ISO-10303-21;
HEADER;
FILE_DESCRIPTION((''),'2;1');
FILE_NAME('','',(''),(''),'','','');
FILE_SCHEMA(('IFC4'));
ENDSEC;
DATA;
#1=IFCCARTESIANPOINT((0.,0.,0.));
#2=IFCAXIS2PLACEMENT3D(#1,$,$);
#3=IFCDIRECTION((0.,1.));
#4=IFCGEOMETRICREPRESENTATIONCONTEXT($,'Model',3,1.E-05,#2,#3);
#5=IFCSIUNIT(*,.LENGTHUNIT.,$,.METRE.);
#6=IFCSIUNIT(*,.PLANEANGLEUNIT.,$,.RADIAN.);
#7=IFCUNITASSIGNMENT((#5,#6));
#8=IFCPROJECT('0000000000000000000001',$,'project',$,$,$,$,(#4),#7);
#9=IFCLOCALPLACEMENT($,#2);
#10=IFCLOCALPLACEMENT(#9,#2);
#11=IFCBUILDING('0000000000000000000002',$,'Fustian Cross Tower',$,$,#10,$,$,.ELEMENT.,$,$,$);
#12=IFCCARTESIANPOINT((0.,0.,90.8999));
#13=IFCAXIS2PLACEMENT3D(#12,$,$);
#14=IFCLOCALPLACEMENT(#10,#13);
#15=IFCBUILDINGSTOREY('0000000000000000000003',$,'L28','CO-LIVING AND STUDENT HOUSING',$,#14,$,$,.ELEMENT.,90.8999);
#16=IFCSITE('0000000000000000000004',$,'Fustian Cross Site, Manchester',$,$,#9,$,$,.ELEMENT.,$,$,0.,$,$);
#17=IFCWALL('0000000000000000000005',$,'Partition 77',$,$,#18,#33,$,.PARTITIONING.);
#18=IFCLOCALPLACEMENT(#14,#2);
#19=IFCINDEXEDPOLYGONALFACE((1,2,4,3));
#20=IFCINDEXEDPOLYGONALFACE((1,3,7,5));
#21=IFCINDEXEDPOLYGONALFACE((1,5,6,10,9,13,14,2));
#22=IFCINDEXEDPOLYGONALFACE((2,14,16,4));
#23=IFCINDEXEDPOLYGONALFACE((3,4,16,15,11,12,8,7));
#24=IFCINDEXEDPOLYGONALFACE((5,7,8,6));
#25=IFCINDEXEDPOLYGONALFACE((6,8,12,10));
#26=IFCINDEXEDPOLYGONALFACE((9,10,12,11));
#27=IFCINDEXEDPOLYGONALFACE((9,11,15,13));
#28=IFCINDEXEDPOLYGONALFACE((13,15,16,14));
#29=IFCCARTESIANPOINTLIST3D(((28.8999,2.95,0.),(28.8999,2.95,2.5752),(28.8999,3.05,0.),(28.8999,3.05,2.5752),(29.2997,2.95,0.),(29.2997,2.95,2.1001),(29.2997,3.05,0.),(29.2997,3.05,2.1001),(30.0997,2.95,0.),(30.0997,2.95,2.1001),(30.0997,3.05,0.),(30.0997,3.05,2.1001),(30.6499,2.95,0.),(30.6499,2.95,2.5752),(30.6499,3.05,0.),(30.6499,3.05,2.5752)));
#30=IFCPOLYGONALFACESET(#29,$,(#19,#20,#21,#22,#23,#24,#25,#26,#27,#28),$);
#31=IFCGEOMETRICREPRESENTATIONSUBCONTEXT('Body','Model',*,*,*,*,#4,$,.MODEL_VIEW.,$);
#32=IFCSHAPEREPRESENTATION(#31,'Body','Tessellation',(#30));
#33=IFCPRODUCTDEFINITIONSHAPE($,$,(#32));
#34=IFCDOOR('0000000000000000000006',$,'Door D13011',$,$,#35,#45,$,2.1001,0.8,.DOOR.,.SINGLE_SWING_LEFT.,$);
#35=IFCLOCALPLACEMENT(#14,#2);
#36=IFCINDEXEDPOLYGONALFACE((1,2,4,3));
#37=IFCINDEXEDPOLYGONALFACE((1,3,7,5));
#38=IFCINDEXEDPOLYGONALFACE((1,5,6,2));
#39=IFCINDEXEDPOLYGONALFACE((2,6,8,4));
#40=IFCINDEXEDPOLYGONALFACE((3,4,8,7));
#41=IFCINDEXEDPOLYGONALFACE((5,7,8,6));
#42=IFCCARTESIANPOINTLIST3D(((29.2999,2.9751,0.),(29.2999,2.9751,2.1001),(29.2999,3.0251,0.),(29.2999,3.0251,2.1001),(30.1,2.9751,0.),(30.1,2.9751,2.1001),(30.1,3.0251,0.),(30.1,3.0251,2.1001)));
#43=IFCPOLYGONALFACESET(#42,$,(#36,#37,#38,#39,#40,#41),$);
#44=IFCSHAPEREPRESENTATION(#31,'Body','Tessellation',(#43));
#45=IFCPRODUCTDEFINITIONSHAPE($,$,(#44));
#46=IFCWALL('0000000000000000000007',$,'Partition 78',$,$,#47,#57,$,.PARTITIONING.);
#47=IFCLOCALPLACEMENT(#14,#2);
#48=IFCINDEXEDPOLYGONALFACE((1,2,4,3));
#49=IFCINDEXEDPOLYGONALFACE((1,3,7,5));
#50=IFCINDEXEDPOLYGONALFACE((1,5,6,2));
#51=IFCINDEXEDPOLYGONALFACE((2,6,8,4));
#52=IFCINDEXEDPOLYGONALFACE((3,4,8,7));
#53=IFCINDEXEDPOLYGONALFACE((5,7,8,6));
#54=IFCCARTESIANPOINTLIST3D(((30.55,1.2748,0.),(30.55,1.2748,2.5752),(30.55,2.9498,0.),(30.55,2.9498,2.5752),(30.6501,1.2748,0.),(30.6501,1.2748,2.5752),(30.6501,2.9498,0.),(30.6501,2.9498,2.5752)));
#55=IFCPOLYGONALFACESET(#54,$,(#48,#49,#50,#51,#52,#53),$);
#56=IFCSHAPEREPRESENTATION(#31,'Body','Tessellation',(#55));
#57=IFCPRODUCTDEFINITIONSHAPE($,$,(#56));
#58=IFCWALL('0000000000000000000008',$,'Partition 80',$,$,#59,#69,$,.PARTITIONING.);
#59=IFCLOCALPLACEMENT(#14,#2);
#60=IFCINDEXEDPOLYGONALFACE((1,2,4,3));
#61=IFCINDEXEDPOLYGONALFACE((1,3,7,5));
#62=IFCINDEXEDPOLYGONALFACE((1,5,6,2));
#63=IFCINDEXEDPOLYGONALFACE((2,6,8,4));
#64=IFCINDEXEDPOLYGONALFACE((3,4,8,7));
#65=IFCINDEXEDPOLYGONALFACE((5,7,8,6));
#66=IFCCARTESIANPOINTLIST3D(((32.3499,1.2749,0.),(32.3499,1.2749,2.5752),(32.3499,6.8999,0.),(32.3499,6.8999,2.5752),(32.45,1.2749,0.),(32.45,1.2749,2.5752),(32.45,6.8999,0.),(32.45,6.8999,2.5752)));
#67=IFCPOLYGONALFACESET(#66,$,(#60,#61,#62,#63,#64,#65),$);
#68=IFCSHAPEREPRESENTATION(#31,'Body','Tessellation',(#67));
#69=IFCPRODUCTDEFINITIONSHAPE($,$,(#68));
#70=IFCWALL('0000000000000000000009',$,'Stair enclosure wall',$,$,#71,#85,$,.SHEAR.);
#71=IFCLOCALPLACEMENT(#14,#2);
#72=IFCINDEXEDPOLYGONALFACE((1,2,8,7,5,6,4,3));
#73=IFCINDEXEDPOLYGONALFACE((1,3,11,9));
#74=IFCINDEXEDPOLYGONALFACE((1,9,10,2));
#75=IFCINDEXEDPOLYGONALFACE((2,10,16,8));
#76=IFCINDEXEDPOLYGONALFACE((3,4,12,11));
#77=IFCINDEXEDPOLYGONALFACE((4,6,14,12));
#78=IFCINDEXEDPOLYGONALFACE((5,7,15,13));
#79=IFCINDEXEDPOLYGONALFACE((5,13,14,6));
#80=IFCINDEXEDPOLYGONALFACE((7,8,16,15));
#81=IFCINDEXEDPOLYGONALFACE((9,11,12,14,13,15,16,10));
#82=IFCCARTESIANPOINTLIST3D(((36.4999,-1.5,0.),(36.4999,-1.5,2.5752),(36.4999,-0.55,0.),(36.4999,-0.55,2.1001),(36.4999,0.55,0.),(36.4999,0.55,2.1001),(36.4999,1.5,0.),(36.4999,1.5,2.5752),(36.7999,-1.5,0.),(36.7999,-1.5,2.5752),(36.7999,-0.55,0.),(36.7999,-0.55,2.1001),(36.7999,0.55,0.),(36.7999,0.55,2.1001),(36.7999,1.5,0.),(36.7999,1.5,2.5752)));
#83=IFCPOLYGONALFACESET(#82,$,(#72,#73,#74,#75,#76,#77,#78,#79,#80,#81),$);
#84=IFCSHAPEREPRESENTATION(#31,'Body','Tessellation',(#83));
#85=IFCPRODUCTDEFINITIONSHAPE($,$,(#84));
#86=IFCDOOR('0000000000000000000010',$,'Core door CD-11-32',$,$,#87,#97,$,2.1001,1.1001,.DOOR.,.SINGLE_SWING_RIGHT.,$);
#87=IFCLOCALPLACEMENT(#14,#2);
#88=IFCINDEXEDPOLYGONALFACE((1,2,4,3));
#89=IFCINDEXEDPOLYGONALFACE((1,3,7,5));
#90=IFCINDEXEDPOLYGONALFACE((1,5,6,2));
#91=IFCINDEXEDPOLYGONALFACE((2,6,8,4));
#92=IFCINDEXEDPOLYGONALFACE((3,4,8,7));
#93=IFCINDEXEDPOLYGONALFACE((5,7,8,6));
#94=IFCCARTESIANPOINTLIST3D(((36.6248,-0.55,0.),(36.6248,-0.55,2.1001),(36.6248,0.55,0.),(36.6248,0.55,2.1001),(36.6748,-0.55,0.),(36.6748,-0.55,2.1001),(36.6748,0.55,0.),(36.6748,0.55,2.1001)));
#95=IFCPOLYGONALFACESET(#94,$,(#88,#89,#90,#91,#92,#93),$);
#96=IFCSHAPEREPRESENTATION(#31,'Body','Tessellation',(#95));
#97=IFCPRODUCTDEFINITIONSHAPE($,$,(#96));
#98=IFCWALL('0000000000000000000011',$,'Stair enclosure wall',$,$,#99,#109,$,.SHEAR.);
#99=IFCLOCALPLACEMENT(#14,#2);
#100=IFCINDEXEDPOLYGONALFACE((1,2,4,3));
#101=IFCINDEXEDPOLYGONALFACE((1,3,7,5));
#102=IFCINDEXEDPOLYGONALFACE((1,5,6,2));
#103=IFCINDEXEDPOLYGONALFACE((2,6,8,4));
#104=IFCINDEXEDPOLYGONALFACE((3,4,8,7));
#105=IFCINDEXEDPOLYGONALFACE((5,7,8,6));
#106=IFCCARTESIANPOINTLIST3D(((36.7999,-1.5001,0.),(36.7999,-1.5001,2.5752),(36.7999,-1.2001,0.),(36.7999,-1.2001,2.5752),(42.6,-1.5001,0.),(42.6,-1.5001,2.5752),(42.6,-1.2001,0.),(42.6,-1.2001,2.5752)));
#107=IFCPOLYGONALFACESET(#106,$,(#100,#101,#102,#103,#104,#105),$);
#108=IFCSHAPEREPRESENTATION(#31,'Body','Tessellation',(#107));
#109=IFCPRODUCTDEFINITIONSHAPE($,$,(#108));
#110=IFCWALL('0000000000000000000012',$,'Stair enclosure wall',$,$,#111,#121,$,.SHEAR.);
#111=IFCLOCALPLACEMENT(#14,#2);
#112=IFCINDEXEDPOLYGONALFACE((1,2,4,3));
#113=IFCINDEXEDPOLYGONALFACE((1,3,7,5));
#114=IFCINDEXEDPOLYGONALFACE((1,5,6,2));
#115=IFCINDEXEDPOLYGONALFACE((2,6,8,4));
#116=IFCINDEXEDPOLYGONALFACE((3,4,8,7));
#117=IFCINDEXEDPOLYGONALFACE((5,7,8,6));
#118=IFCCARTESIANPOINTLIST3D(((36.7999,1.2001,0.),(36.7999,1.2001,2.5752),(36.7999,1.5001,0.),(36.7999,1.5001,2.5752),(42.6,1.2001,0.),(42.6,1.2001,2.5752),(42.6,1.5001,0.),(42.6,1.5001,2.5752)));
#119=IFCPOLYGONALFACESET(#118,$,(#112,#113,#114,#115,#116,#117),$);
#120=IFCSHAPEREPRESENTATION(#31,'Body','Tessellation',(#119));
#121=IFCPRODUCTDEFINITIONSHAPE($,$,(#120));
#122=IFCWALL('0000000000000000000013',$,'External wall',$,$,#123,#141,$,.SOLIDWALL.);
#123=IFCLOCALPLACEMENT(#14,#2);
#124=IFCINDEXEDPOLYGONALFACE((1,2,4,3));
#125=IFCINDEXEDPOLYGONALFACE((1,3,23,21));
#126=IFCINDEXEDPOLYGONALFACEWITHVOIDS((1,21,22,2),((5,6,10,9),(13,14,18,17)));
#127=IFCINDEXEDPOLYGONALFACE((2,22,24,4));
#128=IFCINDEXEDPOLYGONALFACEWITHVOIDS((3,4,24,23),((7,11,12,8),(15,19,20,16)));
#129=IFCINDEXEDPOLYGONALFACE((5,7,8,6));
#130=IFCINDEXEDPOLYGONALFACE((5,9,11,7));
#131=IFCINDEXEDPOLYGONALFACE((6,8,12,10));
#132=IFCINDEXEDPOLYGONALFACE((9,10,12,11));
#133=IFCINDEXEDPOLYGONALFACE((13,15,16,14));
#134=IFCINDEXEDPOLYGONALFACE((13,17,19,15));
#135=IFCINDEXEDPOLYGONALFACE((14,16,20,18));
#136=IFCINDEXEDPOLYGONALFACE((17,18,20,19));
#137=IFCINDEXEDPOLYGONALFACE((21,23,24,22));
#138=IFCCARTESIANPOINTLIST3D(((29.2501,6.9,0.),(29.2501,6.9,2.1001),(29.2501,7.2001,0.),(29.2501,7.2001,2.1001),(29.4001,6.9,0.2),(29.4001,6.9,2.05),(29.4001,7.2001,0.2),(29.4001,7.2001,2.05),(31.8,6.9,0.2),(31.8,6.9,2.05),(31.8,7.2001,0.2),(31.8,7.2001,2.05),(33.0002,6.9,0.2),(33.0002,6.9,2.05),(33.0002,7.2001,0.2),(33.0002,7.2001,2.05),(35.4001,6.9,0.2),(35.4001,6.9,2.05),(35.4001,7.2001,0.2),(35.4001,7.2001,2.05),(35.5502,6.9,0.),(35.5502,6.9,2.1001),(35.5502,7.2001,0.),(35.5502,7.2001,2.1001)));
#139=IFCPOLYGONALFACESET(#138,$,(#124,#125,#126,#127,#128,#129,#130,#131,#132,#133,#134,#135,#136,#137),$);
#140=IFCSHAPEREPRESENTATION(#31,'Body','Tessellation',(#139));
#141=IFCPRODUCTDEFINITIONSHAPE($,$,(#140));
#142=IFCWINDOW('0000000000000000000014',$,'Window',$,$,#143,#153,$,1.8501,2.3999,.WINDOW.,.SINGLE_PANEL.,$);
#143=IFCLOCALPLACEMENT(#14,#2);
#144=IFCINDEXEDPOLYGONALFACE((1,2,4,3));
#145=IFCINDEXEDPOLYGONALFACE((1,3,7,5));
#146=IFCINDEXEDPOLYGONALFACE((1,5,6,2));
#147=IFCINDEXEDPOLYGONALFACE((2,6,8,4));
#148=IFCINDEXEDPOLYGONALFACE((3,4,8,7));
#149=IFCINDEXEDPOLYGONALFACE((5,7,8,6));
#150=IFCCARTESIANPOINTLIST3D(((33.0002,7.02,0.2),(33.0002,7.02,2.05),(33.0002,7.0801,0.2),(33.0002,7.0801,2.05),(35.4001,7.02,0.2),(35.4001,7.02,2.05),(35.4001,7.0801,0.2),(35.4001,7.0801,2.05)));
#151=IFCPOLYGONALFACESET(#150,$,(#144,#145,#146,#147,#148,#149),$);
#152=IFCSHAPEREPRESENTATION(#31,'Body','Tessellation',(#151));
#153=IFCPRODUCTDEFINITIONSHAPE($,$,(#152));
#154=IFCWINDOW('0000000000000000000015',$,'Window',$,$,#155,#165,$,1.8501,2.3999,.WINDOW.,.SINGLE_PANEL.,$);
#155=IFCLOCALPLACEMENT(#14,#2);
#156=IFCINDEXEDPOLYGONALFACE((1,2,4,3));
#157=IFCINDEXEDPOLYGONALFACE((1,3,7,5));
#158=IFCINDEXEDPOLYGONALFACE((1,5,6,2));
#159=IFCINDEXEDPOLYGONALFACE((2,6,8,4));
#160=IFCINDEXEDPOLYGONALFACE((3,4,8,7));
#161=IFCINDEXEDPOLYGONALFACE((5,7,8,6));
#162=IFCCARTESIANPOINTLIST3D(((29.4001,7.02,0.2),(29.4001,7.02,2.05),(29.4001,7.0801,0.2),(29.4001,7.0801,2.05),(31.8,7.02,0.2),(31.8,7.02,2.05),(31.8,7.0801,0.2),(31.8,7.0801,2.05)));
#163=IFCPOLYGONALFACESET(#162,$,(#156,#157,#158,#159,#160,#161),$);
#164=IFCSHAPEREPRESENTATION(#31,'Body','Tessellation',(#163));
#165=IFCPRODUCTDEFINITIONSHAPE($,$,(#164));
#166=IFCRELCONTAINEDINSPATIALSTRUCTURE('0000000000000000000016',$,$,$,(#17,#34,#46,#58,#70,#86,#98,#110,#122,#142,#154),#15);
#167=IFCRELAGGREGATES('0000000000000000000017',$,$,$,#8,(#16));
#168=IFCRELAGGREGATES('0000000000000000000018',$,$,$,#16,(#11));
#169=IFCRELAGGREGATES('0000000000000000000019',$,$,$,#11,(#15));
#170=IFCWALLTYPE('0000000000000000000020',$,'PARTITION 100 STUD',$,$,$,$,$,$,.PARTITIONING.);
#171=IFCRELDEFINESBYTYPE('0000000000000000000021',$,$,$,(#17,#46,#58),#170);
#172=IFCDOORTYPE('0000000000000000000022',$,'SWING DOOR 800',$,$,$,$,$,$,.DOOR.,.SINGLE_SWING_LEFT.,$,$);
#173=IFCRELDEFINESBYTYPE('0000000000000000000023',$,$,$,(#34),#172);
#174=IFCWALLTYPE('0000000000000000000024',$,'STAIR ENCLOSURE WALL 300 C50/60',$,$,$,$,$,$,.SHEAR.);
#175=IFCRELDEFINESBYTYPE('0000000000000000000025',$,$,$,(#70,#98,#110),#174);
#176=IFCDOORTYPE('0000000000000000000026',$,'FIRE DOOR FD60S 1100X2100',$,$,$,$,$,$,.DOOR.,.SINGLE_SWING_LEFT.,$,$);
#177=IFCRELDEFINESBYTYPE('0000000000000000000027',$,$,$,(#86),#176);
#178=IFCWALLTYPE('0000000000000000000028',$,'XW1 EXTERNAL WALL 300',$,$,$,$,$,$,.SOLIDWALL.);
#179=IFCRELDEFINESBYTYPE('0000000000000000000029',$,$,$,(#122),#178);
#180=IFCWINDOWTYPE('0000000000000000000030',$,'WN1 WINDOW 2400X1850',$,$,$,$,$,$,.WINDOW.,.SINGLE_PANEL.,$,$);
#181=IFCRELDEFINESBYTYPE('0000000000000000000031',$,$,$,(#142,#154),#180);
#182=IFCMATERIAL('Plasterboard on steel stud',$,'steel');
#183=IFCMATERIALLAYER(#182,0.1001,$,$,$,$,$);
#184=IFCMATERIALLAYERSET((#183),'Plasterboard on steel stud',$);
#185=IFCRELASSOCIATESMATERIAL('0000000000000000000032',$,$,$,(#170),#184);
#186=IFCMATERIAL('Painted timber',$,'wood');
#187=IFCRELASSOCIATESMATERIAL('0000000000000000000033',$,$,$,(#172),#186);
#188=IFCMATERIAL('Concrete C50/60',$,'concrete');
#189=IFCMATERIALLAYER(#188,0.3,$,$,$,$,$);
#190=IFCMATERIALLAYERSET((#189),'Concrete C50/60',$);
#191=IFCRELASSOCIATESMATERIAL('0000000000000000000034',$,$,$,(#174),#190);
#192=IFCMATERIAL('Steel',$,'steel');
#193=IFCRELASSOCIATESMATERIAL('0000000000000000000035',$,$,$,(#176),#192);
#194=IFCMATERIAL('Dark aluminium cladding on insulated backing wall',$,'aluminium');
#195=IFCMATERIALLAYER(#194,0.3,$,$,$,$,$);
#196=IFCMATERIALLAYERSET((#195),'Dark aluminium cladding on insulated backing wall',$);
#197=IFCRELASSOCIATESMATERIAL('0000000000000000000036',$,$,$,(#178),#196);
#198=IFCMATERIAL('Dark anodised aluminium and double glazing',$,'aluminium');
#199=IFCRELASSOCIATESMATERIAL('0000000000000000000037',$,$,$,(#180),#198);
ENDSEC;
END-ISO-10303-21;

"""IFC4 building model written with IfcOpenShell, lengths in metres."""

from ifc_helpers import new_model, si_unit, direction, frame, frame_2d, origin, place, context, subcontext, project, spatial, rectangle, extrude, material, layer, layer_set, type_object, element, fill, save


model = new_model("IFC4")

# Units and contexts
model_context = context("Model", 3, precision=1e-05, world=origin(), true_north=direction((0.0, 1.0)))
body_context = subcontext(model_context, "Body", "Model", "MODEL_VIEW")
ifc_project = project(units=[si_unit("LENGTHUNIT", "METRE"), si_unit("PLANEANGLEUNIT", "RADIAN")], contexts=[model_context])

# Site, building, storey
site_placement = place(None, origin())
site = spatial("IfcSite", under=ifc_project, at=site_placement, Name="Fustian Cross Site, Manchester", CompositionType="ELEMENT", RefElevation=0.0)
building_placement = place(site_placement, origin())
building = spatial("IfcBuilding", under=site, at=building_placement, Name="Fustian Cross Tower", CompositionType="ELEMENT")
storey_placement = place(building_placement, frame((0.0, 0.0, 90.8999)))
storey = spatial("IfcBuildingStorey", under=building, at=storey_placement, Name="L28", Description="CO-LIVING AND STUDENT HOUSING", CompositionType="ELEMENT", Elevation=90.8999)

# Wall, opening, door
ifc_material_1 = material(Name="Plasterboard on steel stud", Category="steel")
ifc_layer_1 = layer(ifc_material_1, 0.1001)
ifc_layer_set_1 = layer_set([ifc_layer_1], Name="Plasterboard on steel stud")
wall_type_1 = type_object("IfcWallType", Name="PARTITION 100 STUD", PredefinedType="PARTITIONING", material=ifc_layer_set_1)
wall_1_placement = place(storey_placement, frame((28.8999, 3.0, 0.0), z_axis=(0.0, 0.0, 1.0), x_axis=(1.0, 0.0, 0.0)))
wall_1 = element("IfcWall", 1, at=wall_1_placement, inside=storey, type_object=wall_type_1, Name="Partition 77", PredefinedType="PARTITIONING", context=body_context, shape_type="SweptSolid", body=[
    extrude(rectangle(XDim=1.75, YDim=0.1001, at=frame_2d((0.875, 0.0))), origin(), (0.0, 0.0, 1.0), 2.5752),
])
opening_1_placement = place(wall_1_placement, frame((0.3999, 0.0, 0.0)))
opening_1 = element("IfcOpeningElement", 2, at=opening_1_placement, cuts=wall_1, PredefinedType="OPENING", context=body_context, shape_type="SweptSolid", body=[
    extrude(rectangle(XDim=0.8, YDim=2.1001, at=frame_2d((0.3999, 1.05))), frame((0.0, 0.0601, 0.0), z_axis=(0.0, -1.0, 0.0), x_axis=(1.0, 0.0, 0.0)), (0.0, 0.0, 1.0), 0.1201),
])
ifc_material_2 = material(Name="Painted timber", Category="wood")
door_type_1 = type_object("IfcDoorType", Name="SWING DOOR 800", OperationType="SINGLE_SWING_LEFT", PredefinedType="DOOR", material=ifc_material_2)
door_1_placement = place(opening_1_placement, frame((0.8, 0.0, 0.0), z_axis=(0.0, 0.0, 1.0), x_axis=(-1.0, 0.0, 0.0)))
door_1 = element("IfcDoor", 3, at=door_1_placement, inside=storey, type_object=door_type_1, Name="Door D13011", OperationType="SINGLE_SWING_LEFT", OverallHeight=2.1001, OverallWidth=0.8, PredefinedType="DOOR", context=body_context, shape_type="SweptSolid", body=[
    extrude(rectangle(XDim=0.8, YDim=2.1001, at=frame_2d((0.3999, 1.05))), frame((0.0, 0.0249, 0.0), z_axis=(0.0, -1.0, 0.0), x_axis=(1.0, 0.0, 0.0)), (0.0, 0.0, 1.0), 0.05),
])
fill(opening_1, door_1)

# Walls
wall_2_placement = place(storey_placement, frame((30.6001, 1.2749, 0.0), z_axis=(0.0, 0.0, 1.0), x_axis=(0.0, 1.0, 0.0)))
element("IfcWall", 4, at=wall_2_placement, inside=storey, type_object=wall_type_1, Name="Partition 78", PredefinedType="PARTITIONING", context=body_context, shape_type="SweptSolid", body=[
    extrude(rectangle(XDim=1.675, YDim=0.1001, at=frame_2d((0.8374, 0.0))), origin(), (0.0, 0.0, 1.0), 2.5752),
])
wall_3_placement = place(storey_placement, frame((32.3999, 1.2749, 0.0), z_axis=(0.0, 0.0, 1.0), x_axis=(0.0, 1.0, 0.0)))
element("IfcWall", 5, at=wall_3_placement, inside=storey, type_object=wall_type_1, Name="Partition 80", PredefinedType="PARTITIONING", context=body_context, shape_type="SweptSolid", body=[
    extrude(rectangle(XDim=5.625, YDim=0.1001, at=frame_2d((2.8125, 0.0))), origin(), (0.0, 0.0, 1.0), 2.5752),
])

# Wall, opening, door
ifc_material_3 = material(Name="Concrete C50/60", Category="concrete")
ifc_layer_2 = layer(ifc_material_3, 0.3)
ifc_layer_set_2 = layer_set([ifc_layer_2], Name="Concrete C50/60")
wall_type_2 = type_object("IfcWallType", Name="STAIR ENCLOSURE WALL 300 C50/60", PredefinedType="SHEAR", material=ifc_layer_set_2)
wall_4_placement = place(storey_placement, frame((36.6499, -1.5, 0.0), z_axis=(0.0, 0.0, 1.0), x_axis=(0.0, 1.0, 0.0)))
wall_4 = element("IfcWall", 6, at=wall_4_placement, inside=storey, type_object=wall_type_2, Name="Stair enclosure wall", PredefinedType="SHEAR", context=body_context, shape_type="SweptSolid", body=[
    extrude(rectangle(XDim=3.0, YDim=0.3, at=frame_2d((1.5, 0.0))), origin(), (0.0, 0.0, 1.0), 2.5752),
])
opening_2_placement = place(wall_4_placement, frame((0.95, 0.0, 0.0)))
opening_2 = element("IfcOpeningElement", 7, at=opening_2_placement, cuts=wall_4, PredefinedType="OPENING", context=body_context, shape_type="SweptSolid", body=[
    extrude(rectangle(XDim=1.1001, YDim=2.1001, at=frame_2d((0.55, 1.05))), frame((0.0, 0.1599, 0.0), z_axis=(0.0, -1.0, 0.0), x_axis=(1.0, 0.0, 0.0)), (0.0, 0.0, 1.0), 0.3201),
])
ifc_material_4 = material(Name="Steel", Category="steel")
door_type_2 = type_object("IfcDoorType", Name="FIRE DOOR FD60S 1100X2100", OperationType="SINGLE_SWING_LEFT", PredefinedType="DOOR", material=ifc_material_4)
door_2_placement = place(opening_2_placement, frame((1.1001, 0.0, 0.0), z_axis=(0.0, 0.0, 1.0), x_axis=(-1.0, 0.0, 0.0)))
door_2 = element("IfcDoor", 8, at=door_2_placement, inside=storey, type_object=door_type_2, Name="Core door CD-11-32", OperationType="SINGLE_SWING_RIGHT", OverallHeight=2.1001, OverallWidth=1.1001, PredefinedType="DOOR", context=body_context, shape_type="SweptSolid", body=[
    extrude(rectangle(XDim=1.1001, YDim=2.1001, at=frame_2d((0.55, 1.05))), frame((0.0, 0.0249, 0.0), z_axis=(0.0, -1.0, 0.0), x_axis=(1.0, 0.0, 0.0)), (0.0, 0.0, 1.0), 0.05),
])
fill(opening_2, door_2)

# Walls
for number, where, z_axis, x_axis, name in (
    (9, (36.8, -1.3501, 0.0), (0.0, 0.0, 1.0), (1.0, 0.0, 0.0), "Stair enclosure wall"),
    (10, (36.8, 1.3501, 0.0), (0.0, 0.0, 1.0), (1.0, 0.0, 0.0), "Stair enclosure wall"),
):
    element("IfcWall", number, at=place(storey_placement, frame(where, z_axis=z_axis, x_axis=x_axis)), inside=storey, type_object=wall_type_2, Name=name, PredefinedType="SHEAR", context=body_context, shape_type="SweptSolid", body=[
        extrude(rectangle(XDim=5.8, YDim=0.3, at=frame_2d((2.8999, 0.0))), origin(), (0.0, 0.0, 1.0), 2.5752),
    ])

# Wall, openings, windows
ifc_material_5 = material(Name="Dark aluminium cladding on insulated backing wall", Category="aluminium")
ifc_layer_3 = layer(ifc_material_5, 0.3)
ifc_layer_set_3 = layer_set([ifc_layer_3], Name="Dark aluminium cladding on insulated backing wall")
wall_type_3 = type_object("IfcWallType", Name="XW1 EXTERNAL WALL 300", PredefinedType="SOLIDWALL", material=ifc_layer_set_3)
wall_5_placement = place(storey_placement, frame((35.55, 7.05, 0.0), z_axis=(0.0, 0.0, 1.0), x_axis=(-1.0, 0.0, 0.0)))
wall_5 = element("IfcWall", 11, at=wall_5_placement, inside=storey, type_object=wall_type_3, Name="External wall", PredefinedType="SOLIDWALL", context=body_context, shape_type="SweptSolid", body=[
    extrude(rectangle(XDim=6.3, YDim=0.3, at=frame_2d((3.1499, 0.0))), origin(), (0.0, 0.0, 1.0), 2.1001),
])
opening_3_placement = place(wall_5_placement, frame((0.1499, 0.0, 0.2)))
opening_3 = element("IfcOpeningElement", 12, at=opening_3_placement, cuts=wall_5, PredefinedType="OPENING", context=body_context, shape_type="SweptSolid", body=[
    extrude(rectangle(XDim=2.3999, YDim=1.8501, at=frame_2d((1.2, 0.925))), frame((0.0, 0.1599, 0.0), z_axis=(0.0, -1.0, 0.0), x_axis=(1.0, 0.0, 0.0)), (0.0, 0.0, 1.0), 0.3201),
])
opening_4_placement = place(wall_5_placement, frame((3.75, 0.0, 0.2)))
opening_4 = element("IfcOpeningElement", 13, at=opening_4_placement, cuts=wall_5, PredefinedType="OPENING", context=body_context, shape_type="SweptSolid", body=[
    extrude(rectangle(XDim=2.3999, YDim=1.8501, at=frame_2d((1.2, 0.925))), frame((0.0, 0.1599, 0.0), z_axis=(0.0, -1.0, 0.0), x_axis=(1.0, 0.0, 0.0)), (0.0, 0.0, 1.0), 0.3201),
])
ifc_material_6 = material(Name="Dark anodised aluminium and double glazing", Category="aluminium")
window_type = type_object("IfcWindowType", Name="WN1 WINDOW 2400X1850", PartitioningType="SINGLE_PANEL", PredefinedType="WINDOW", material=ifc_material_6)
window_1_placement = place(opening_3_placement, origin())
window_1 = element("IfcWindow", 14, at=window_1_placement, inside=storey, type_object=window_type, Name="Window", OverallHeight=1.8501, OverallWidth=2.3999, PartitioningType="SINGLE_PANEL", PredefinedType="WINDOW", context=body_context, shape_type="SweptSolid", body=[
    extrude(rectangle(XDim=2.3999, YDim=1.8501, at=frame_2d((1.2, 0.925))), frame((0.0, 0.03, 0.0), z_axis=(0.0, -1.0, 0.0), x_axis=(1.0, 0.0, 0.0)), (0.0, 0.0, 1.0), 0.0601),
])
fill(opening_3, window_1)
window_2_placement = place(opening_4_placement, origin())
window_2 = element("IfcWindow", 15, at=window_2_placement, inside=storey, type_object=window_type, Name="Window", OverallHeight=1.8501, OverallWidth=2.3999, PartitioningType="SINGLE_PANEL", PredefinedType="WINDOW", context=body_context, shape_type="SweptSolid", body=[
    extrude(rectangle(XDim=2.3999, YDim=1.8501, at=frame_2d((1.2, 0.925))), frame((0.0, 0.03, 0.0), z_axis=(0.0, -1.0, 0.0), x_axis=(1.0, 0.0, 0.0)), (0.0, 0.0, 1.0), 0.0601),
])
fill(opening_4, window_2)

save(model, "model.ifc")
